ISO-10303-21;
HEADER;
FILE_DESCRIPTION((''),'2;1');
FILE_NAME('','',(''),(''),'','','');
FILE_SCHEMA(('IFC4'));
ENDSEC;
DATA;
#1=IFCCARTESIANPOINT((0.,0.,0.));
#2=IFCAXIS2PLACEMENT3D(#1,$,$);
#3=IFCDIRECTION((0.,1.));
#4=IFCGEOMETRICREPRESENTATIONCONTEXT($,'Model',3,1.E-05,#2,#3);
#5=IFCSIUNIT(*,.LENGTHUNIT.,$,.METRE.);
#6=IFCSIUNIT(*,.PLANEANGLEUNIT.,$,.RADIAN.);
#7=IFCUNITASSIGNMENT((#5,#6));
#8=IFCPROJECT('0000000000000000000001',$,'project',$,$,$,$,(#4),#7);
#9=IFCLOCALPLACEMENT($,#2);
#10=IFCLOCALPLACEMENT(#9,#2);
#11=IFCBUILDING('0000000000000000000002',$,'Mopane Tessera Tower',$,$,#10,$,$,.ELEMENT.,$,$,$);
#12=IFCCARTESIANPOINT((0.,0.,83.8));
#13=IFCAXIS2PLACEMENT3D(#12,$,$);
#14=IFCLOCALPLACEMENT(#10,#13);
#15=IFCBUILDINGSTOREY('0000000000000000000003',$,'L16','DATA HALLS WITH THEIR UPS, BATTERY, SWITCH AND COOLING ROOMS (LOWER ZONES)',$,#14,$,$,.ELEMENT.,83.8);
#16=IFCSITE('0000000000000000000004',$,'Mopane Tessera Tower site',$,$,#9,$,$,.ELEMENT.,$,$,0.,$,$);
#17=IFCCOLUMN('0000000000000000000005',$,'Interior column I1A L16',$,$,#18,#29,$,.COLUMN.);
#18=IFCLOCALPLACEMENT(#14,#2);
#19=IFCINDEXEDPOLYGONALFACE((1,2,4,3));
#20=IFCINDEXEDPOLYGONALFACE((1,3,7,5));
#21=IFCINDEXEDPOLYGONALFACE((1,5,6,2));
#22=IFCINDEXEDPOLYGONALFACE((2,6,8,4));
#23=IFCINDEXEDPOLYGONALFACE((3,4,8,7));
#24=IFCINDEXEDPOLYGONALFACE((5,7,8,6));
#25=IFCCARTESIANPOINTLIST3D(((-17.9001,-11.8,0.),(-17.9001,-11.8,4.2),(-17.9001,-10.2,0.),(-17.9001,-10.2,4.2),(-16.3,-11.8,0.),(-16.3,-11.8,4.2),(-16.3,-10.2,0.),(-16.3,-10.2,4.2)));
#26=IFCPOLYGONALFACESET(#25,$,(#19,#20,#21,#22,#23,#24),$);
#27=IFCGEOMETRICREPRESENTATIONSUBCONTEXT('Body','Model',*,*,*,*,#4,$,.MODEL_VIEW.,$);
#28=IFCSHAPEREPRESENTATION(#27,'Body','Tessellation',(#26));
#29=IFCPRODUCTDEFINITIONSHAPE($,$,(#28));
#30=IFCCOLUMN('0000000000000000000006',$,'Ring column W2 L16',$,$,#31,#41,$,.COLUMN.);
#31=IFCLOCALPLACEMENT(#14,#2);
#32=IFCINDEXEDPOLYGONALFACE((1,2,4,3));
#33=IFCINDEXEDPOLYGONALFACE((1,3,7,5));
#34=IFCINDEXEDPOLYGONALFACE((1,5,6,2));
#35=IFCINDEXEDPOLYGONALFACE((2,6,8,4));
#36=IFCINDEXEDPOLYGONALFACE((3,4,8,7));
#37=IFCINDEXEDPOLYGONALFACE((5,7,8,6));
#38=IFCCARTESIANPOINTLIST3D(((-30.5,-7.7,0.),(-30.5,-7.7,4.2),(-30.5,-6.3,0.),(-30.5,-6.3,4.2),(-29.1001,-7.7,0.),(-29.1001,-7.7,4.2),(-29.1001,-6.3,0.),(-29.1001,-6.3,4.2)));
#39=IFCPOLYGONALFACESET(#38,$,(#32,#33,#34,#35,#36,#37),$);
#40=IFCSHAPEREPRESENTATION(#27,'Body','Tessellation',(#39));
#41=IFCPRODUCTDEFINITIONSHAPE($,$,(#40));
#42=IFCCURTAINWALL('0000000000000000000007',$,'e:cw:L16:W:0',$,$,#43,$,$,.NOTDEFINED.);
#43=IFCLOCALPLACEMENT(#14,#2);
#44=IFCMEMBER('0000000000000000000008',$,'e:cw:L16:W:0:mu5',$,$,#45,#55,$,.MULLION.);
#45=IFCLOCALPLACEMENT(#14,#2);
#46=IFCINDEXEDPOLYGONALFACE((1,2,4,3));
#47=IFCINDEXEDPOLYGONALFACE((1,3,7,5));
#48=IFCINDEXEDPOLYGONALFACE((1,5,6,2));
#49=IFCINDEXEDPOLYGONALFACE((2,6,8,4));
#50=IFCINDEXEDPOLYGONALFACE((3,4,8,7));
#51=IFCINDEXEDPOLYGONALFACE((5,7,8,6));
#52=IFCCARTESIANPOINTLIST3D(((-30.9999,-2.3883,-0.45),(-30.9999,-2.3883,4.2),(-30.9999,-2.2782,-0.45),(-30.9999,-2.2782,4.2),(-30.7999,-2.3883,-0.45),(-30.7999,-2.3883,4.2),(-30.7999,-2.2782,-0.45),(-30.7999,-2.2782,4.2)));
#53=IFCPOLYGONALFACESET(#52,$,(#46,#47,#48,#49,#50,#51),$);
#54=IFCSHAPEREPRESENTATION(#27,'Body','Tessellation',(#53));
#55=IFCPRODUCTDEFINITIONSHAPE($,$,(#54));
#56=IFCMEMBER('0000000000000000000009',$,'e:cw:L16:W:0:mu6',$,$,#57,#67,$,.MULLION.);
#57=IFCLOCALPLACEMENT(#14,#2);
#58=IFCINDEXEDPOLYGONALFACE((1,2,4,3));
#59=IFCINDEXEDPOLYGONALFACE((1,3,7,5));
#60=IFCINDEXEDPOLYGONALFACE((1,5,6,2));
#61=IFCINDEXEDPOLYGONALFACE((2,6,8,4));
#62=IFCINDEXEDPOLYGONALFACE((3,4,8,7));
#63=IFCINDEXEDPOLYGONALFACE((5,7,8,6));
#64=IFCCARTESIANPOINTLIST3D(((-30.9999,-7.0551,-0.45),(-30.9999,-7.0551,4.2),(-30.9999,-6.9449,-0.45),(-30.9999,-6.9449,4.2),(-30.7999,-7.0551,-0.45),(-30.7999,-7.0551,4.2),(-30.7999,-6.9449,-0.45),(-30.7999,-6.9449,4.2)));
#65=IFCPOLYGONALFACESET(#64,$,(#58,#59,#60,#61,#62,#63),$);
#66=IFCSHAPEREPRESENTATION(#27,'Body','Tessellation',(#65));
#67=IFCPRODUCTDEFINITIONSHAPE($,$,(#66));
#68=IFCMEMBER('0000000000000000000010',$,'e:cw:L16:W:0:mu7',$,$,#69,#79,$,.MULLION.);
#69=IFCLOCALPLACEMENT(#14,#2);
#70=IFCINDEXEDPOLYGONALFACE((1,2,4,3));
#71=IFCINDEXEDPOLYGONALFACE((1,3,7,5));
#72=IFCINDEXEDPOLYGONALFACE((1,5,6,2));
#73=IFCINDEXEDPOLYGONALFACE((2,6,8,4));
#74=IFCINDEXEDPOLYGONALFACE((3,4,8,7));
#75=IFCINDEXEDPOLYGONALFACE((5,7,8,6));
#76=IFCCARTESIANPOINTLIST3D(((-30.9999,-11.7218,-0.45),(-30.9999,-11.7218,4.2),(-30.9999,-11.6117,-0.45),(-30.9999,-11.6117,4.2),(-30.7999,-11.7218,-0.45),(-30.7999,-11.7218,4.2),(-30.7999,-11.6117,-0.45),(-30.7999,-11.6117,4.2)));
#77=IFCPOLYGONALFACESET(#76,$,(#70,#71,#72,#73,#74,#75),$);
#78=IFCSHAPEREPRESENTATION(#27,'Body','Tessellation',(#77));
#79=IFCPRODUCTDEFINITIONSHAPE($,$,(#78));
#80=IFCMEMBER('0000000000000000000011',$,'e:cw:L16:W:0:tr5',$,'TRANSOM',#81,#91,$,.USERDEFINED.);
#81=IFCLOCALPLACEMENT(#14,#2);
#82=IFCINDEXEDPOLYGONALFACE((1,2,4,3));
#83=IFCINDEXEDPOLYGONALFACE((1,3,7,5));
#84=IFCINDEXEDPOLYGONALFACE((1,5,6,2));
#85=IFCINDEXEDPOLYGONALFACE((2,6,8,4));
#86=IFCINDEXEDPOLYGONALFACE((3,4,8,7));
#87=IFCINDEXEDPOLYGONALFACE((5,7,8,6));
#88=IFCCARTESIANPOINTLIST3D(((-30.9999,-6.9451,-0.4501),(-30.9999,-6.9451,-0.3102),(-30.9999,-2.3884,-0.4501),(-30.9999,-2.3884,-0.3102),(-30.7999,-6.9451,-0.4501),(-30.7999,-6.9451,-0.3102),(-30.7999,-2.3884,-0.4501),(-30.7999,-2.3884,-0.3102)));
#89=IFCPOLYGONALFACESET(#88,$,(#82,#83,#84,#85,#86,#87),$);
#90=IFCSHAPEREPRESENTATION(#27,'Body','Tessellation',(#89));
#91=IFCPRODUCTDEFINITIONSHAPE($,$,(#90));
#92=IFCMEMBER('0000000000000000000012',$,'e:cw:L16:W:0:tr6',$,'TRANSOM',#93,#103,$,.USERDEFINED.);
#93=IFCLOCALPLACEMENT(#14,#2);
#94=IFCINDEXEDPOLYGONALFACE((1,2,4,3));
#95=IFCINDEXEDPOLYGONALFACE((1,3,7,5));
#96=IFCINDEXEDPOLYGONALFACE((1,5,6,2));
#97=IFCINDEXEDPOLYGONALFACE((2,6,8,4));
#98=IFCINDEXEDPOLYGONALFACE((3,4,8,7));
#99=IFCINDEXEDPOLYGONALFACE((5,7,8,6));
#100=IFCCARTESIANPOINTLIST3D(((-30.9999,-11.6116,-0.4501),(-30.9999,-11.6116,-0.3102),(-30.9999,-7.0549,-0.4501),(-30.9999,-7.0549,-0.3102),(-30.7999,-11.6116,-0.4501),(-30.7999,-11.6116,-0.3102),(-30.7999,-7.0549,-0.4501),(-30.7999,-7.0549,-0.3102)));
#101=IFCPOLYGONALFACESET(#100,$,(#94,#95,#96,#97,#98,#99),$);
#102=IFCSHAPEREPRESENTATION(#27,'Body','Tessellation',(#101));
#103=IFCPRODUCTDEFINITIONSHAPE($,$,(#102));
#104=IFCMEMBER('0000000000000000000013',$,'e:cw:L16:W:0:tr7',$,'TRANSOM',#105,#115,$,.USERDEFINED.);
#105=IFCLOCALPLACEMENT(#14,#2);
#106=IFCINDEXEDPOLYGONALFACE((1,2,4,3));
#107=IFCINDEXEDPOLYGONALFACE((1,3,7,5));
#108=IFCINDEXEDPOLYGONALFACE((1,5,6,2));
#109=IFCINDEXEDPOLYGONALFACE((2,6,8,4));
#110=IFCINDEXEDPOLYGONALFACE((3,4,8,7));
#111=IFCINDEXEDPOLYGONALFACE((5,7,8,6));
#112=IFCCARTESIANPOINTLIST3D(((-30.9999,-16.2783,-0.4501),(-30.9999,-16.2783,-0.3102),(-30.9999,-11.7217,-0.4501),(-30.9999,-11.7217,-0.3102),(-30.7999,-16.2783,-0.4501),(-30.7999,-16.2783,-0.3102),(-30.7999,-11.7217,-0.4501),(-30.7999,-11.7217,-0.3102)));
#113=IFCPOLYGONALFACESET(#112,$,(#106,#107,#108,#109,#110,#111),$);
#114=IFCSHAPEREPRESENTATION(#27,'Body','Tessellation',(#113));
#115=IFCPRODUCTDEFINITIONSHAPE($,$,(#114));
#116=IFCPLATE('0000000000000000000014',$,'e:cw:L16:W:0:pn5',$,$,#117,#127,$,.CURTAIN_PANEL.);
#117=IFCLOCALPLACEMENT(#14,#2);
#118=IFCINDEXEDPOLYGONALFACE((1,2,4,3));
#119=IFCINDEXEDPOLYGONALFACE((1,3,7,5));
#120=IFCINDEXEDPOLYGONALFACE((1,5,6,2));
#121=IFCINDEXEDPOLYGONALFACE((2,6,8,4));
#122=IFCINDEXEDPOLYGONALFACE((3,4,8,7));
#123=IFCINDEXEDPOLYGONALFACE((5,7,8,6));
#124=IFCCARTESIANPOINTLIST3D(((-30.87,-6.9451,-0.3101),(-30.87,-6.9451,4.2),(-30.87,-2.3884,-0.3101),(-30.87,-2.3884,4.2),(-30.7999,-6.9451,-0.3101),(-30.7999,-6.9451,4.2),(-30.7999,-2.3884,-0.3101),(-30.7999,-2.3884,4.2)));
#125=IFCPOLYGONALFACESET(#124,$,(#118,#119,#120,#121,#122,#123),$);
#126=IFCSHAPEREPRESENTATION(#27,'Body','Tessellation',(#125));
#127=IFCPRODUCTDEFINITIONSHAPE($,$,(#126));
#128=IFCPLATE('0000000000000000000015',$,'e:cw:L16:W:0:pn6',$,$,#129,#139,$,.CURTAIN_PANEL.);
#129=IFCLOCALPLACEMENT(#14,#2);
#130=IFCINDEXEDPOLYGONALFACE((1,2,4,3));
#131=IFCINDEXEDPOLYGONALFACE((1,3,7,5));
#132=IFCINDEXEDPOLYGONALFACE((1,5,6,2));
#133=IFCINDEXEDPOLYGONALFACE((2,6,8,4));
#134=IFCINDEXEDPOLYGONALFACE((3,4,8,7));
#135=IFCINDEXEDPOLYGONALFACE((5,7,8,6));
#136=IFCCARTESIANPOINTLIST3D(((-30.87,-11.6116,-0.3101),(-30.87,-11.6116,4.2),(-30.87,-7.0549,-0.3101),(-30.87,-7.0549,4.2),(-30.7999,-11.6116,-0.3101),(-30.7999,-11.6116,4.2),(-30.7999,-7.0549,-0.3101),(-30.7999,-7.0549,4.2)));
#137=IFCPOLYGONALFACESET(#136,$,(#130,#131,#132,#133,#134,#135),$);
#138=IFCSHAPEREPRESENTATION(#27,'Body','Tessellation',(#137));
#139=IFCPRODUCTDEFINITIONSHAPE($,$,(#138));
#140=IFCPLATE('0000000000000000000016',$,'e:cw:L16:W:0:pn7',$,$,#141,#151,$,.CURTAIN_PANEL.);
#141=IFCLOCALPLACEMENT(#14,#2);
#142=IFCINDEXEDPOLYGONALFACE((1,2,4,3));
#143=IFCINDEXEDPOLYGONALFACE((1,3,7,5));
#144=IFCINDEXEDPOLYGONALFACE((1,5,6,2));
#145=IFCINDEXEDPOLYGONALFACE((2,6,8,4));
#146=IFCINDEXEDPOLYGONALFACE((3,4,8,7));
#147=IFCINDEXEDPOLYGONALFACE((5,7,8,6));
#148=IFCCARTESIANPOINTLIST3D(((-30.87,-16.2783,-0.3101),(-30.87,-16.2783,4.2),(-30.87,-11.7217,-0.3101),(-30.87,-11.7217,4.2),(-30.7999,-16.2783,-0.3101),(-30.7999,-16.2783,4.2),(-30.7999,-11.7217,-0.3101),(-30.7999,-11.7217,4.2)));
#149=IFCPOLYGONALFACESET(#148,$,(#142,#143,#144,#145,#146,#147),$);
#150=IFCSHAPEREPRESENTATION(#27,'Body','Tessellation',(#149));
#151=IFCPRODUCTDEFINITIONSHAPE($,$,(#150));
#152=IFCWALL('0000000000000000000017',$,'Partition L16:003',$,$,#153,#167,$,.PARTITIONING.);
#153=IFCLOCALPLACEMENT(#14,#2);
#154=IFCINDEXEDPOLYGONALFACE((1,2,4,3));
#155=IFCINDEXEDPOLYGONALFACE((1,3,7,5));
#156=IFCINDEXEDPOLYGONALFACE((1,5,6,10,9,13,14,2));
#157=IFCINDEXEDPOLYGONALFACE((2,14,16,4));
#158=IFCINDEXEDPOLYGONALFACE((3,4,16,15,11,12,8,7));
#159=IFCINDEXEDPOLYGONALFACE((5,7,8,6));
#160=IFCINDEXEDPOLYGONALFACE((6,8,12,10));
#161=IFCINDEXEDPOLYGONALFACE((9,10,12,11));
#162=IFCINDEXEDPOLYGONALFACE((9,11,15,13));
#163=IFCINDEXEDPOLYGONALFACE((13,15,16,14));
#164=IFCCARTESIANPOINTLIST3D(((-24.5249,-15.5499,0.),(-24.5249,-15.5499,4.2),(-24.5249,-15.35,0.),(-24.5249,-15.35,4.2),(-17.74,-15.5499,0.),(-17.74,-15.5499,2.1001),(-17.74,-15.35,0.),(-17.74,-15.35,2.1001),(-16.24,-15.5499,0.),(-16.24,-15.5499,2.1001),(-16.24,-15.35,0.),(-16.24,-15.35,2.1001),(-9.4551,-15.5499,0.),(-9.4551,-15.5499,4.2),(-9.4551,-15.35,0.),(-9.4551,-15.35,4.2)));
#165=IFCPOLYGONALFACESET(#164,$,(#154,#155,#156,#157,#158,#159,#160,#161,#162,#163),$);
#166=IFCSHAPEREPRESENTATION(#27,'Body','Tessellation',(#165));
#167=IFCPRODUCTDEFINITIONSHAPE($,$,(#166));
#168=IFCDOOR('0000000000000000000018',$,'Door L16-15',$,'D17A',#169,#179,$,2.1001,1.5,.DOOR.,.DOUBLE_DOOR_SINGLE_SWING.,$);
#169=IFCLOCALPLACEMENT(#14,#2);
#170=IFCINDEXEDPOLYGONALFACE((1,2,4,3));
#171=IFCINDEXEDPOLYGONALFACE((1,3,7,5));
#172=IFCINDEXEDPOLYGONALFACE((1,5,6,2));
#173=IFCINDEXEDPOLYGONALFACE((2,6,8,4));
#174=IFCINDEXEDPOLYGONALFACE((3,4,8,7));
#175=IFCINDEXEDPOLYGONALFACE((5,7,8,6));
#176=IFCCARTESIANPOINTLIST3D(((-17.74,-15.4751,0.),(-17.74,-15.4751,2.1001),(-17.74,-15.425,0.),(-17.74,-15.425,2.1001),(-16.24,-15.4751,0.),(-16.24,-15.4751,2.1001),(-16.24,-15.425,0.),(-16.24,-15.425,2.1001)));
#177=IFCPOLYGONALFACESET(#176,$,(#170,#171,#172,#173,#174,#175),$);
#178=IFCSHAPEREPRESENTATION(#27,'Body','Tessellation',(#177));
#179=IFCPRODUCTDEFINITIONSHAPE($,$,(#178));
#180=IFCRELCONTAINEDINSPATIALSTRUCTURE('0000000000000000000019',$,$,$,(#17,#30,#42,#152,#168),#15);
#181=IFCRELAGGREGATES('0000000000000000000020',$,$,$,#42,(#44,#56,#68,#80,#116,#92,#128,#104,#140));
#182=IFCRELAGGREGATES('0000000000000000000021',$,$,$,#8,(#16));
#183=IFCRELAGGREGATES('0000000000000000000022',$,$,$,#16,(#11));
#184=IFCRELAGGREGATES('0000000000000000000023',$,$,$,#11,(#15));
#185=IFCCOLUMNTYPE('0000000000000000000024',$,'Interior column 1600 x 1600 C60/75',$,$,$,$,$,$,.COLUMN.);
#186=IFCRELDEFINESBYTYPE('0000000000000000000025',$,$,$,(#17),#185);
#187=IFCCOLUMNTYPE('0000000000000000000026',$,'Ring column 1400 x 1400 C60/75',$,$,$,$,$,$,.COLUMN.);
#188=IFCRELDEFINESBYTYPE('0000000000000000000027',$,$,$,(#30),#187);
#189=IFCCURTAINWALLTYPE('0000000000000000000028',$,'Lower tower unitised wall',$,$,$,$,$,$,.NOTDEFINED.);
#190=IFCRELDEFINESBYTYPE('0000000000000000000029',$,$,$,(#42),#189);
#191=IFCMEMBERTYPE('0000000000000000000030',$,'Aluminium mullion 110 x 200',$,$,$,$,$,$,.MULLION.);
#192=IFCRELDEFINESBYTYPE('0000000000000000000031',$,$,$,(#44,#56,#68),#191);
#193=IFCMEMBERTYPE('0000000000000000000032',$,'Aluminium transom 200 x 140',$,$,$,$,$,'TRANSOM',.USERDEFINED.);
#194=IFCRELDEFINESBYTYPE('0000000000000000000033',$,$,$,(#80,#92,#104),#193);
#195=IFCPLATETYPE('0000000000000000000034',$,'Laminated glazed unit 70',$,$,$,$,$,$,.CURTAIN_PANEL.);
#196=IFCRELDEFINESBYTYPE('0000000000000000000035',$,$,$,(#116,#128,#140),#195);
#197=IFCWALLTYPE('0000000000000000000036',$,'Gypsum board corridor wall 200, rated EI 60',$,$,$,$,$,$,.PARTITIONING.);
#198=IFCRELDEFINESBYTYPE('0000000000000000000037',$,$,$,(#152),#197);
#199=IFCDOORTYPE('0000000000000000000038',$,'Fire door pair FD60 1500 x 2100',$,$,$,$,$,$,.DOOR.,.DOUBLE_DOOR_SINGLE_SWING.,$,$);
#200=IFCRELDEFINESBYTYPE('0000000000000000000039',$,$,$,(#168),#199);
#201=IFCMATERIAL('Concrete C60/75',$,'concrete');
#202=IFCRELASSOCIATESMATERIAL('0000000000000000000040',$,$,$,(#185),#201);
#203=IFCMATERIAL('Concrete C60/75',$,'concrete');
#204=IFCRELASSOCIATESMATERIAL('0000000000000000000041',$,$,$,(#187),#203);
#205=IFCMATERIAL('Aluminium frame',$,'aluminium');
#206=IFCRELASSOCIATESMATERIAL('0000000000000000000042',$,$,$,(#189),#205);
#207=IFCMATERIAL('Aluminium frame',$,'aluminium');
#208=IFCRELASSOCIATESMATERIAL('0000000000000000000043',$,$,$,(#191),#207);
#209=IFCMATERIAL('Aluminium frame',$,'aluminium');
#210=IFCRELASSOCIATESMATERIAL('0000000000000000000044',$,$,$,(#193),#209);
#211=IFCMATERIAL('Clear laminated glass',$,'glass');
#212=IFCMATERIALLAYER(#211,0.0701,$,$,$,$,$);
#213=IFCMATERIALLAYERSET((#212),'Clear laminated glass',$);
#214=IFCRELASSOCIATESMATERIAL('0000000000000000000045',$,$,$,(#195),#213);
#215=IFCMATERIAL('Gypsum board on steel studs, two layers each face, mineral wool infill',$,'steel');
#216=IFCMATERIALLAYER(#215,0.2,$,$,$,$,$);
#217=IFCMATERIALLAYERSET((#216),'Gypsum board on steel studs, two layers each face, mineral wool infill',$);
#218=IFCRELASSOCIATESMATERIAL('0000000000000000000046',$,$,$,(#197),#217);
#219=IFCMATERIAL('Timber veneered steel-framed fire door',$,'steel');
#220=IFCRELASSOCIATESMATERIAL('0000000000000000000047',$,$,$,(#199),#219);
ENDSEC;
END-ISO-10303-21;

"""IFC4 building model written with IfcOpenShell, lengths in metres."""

from ifc_helpers import new_model, si_unit, direction, frame, frame_2d, origin, origin_2d, place, context, subcontext, project, spatial, rectangle, extrude, material, layer, layer_set, material_profile, profile_set, type_object, element, fill, aggregate, save


model = new_model("IFC4")

# Units and contexts
model_context = context("Model", 3, precision=1e-05, world=origin(), true_north=direction((0.0, 1.0)))
body_context = subcontext(model_context, "Body", "Model", "MODEL_VIEW")
ifc_project = project(units=[si_unit("LENGTHUNIT", "METRE"), si_unit("PLANEANGLEUNIT", "RADIAN")], contexts=[model_context])

# Site, building, storey
site_placement = place(None, origin())
site = spatial("IfcSite", under=ifc_project, at=site_placement, Name="Mopane Tessera Tower site", CompositionType="ELEMENT", RefElevation=0.0)
building_placement = place(site_placement, origin())
building = spatial("IfcBuilding", under=site, at=building_placement, Name="Mopane Tessera Tower", CompositionType="ELEMENT")
storey_placement = place(building_placement, frame((0.0, 0.0, 83.8)))
storey = spatial("IfcBuildingStorey", under=building, at=storey_placement, Name="L16", Description="DATA HALLS WITH THEIR UPS, BATTERY, SWITCH AND COOLING ROOMS (LOWER ZONES)", CompositionType="ELEMENT", Elevation=83.8)

# Columns
ifc_material_1 = material(Name="Concrete C60/75", Category="concrete")
ifc_material_profile_1 = material_profile(ifc_material_1, rectangle(XDim=1.6001, YDim=1.6001, at=origin_2d()))
ifc_profile_set_1 = profile_set([ifc_material_profile_1], Name="Concrete C60/75")
column_type_1 = type_object("IfcColumnType", Name="Interior column 1600 x 1600 C60/75", PredefinedType="COLUMN", material=ifc_profile_set_1)
column_1_placement = place(storey_placement, frame((-17.1001, -11.0, 0.0), z_axis=(0.0, 0.0, 1.0), x_axis=(1.0, 0.0, 0.0)))
element("IfcColumn", 1, at=column_1_placement, inside=storey, type_object=column_type_1, Name="Interior column I1A L16", PredefinedType="COLUMN", context=body_context, shape_type="SweptSolid", body=[
    extrude(rectangle(XDim=1.6001, YDim=1.6001, at=origin_2d()), origin(), (0.0, 0.0, 1.0), 4.2),
])
ifc_material_2 = material(Name="Concrete C60/75", Category="concrete")
ifc_material_profile_2 = material_profile(ifc_material_2, rectangle(XDim=1.3999, YDim=1.3999, at=origin_2d()))
ifc_profile_set_2 = profile_set([ifc_material_profile_2], Name="Concrete C60/75")
column_type_2 = type_object("IfcColumnType", Name="Ring column 1400 x 1400 C60/75", PredefinedType="COLUMN", material=ifc_profile_set_2)
column_2_placement = place(storey_placement, frame((-29.8, -7.0, 0.0), z_axis=(0.0, 0.0, 1.0), x_axis=(1.0, 0.0, 0.0)))
element("IfcColumn", 2, at=column_2_placement, inside=storey, type_object=column_type_2, Name="Ring column W2 L16", PredefinedType="COLUMN", context=body_context, shape_type="SweptSolid", body=[
    extrude(rectangle(XDim=1.3999, YDim=1.3999, at=origin_2d()), origin(), (0.0, 0.0, 1.0), 4.2),
])

# Curtain wall, members, plates
ifc_material_3 = material(Name="Aluminium frame", Category="aluminium")
curtain_wall_type = type_object("IfcCurtainWallType", Name="Lower tower unitised wall", PredefinedType="NOTDEFINED", material=ifc_material_3)
curtain_wall_placement = place(storey_placement, origin())
curtain_wall = element("IfcCurtainWall", 3, at=curtain_wall_placement, inside=storey, type_object=curtain_wall_type, Name="e:cw:L16:W:0", PredefinedType="NOTDEFINED")
ifc_material_4 = material(Name="Aluminium frame", Category="aluminium")
ifc_material_profile_3 = material_profile(ifc_material_4, rectangle(XDim=0.1101, YDim=0.2, at=origin_2d()))
ifc_profile_set_3 = profile_set([ifc_material_profile_3], Name="Aluminium frame")
member_type_1 = type_object("IfcMemberType", Name="Aluminium mullion 110 x 200", PredefinedType="MULLION", material=ifc_profile_set_3)
member_1_placement = place(storey_placement, frame((-30.8999, -2.3333, -0.45), z_axis=(0.0, 0.0, 1.0), x_axis=(0.0, -1.0, 0.0)))
member_1 = element("IfcMember", 4, at=member_1_placement, type_object=member_type_1, Name="e:cw:L16:W:0:mu5", PredefinedType="MULLION", context=body_context, shape_type="SweptSolid", body=[
    extrude(rectangle(XDim=0.1101, YDim=0.2, at=origin_2d()), origin(), (0.0, 0.0, 1.0), 4.6499),
])
member_2_placement = place(storey_placement, frame((-30.8999, -7.0, -0.45), z_axis=(0.0, 0.0, 1.0), x_axis=(0.0, -1.0, 0.0)))
member_2 = element("IfcMember", 5, at=member_2_placement, type_object=member_type_1, Name="e:cw:L16:W:0:mu6", PredefinedType="MULLION", context=body_context, shape_type="SweptSolid", body=[
    extrude(rectangle(XDim=0.1101, YDim=0.2, at=origin_2d()), origin(), (0.0, 0.0, 1.0), 4.6499),
])
member_3_placement = place(storey_placement, frame((-30.8999, -11.6667, -0.45), z_axis=(0.0, 0.0, 1.0), x_axis=(0.0, -1.0, 0.0)))
member_3 = element("IfcMember", 6, at=member_3_placement, type_object=member_type_1, Name="e:cw:L16:W:0:mu7", PredefinedType="MULLION", context=body_context, shape_type="SweptSolid", body=[
    extrude(rectangle(XDim=0.1101, YDim=0.2, at=origin_2d()), origin(), (0.0, 0.0, 1.0), 4.6499),
])
ifc_material_5 = material(Name="Aluminium frame", Category="aluminium")
ifc_material_profile_4 = material_profile(ifc_material_5, rectangle(XDim=0.2, YDim=0.1399, at=origin_2d()))
ifc_profile_set_4 = profile_set([ifc_material_profile_4], Name="Aluminium frame")
member_type_2 = type_object("IfcMemberType", Name="Aluminium transom 200 x 140", ElementType="TRANSOM", PredefinedType="USERDEFINED", material=ifc_profile_set_4)
member_4_placement = place(storey_placement, frame((-30.8999, -2.3884, -0.3801), z_axis=(0.0, -1.0, 0.0), x_axis=(1.0, 0.0, 0.0)))
member_4 = element("IfcMember", 7, at=member_4_placement, type_object=member_type_2, Name="e:cw:L16:W:0:tr5", ObjectType="TRANSOM", PredefinedType="USERDEFINED", context=body_context, shape_type="SweptSolid", body=[
    extrude(rectangle(XDim=0.2, YDim=0.1399, at=origin_2d()), origin(), (0.0, 0.0, 1.0), 4.5566),
])
member_5_placement = place(storey_placement, frame((-30.8999, -7.0549, -0.3801), z_axis=(0.0, -1.0, 0.0), x_axis=(1.0, 0.0, 0.0)))
member_5 = element("IfcMember", 8, at=member_5_placement, type_object=member_type_2, Name="e:cw:L16:W:0:tr6", ObjectType="TRANSOM", PredefinedType="USERDEFINED", context=body_context, shape_type="SweptSolid", body=[
    extrude(rectangle(XDim=0.2, YDim=0.1399, at=origin_2d()), origin(), (0.0, 0.0, 1.0), 4.5566),
])
member_6_placement = place(storey_placement, frame((-30.8999, -11.7217, -0.3801), z_axis=(0.0, -1.0, 0.0), x_axis=(1.0, 0.0, 0.0)))
member_6 = element("IfcMember", 9, at=member_6_placement, type_object=member_type_2, Name="e:cw:L16:W:0:tr7", ObjectType="TRANSOM", PredefinedType="USERDEFINED", context=body_context, shape_type="SweptSolid", body=[
    extrude(rectangle(XDim=0.2, YDim=0.1399, at=origin_2d()), origin(), (0.0, 0.0, 1.0), 4.5566),
])
ifc_material_6 = material(Name="Clear laminated glass", Category="glass")
ifc_layer_1 = layer(ifc_material_6, 0.0701)
ifc_layer_set_1 = layer_set([ifc_layer_1], Name="Clear laminated glass")
plate_type = type_object("IfcPlateType", Name="Laminated glazed unit 70", PredefinedType="CURTAIN_PANEL", material=ifc_layer_set_1)
plate_1_placement = place(storey_placement, frame((-30.835, -4.6667, -0.3101), z_axis=(0.0, 0.0, 1.0), x_axis=(0.0, -1.0, 0.0)))
plate_1 = element("IfcPlate", 10, at=plate_1_placement, type_object=plate_type, Name="e:cw:L16:W:0:pn5", PredefinedType="CURTAIN_PANEL", context=body_context, shape_type="SweptSolid", body=[
    extrude(rectangle(XDim=4.5566, YDim=0.0701, at=origin_2d()), origin(), (0.0, 0.0, 1.0), 4.51),
])
plate_2_placement = place(storey_placement, frame((-30.835, -9.3333, -0.3101), z_axis=(0.0, 0.0, 1.0), x_axis=(0.0, -1.0, 0.0)))
plate_2 = element("IfcPlate", 11, at=plate_2_placement, type_object=plate_type, Name="e:cw:L16:W:0:pn6", PredefinedType="CURTAIN_PANEL", context=body_context, shape_type="SweptSolid", body=[
    extrude(rectangle(XDim=4.5566, YDim=0.0701, at=origin_2d()), origin(), (0.0, 0.0, 1.0), 4.51),
])
plate_3_placement = place(storey_placement, frame((-30.835, -14.0, -0.3101), z_axis=(0.0, 0.0, 1.0), x_axis=(0.0, -1.0, 0.0)))
plate_3 = element("IfcPlate", 12, at=plate_3_placement, type_object=plate_type, Name="e:cw:L16:W:0:pn7", PredefinedType="CURTAIN_PANEL", context=body_context, shape_type="SweptSolid", body=[
    extrude(rectangle(XDim=4.5566, YDim=0.0701, at=origin_2d()), origin(), (0.0, 0.0, 1.0), 4.51),
])
aggregate(curtain_wall, [member_1, member_2, member_3, member_4, plate_1, member_5, plate_2, member_6, plate_3])

# Wall, opening, door
ifc_material_7 = material(Name="Gypsum board on steel studs, two layers each face, mineral wool infill", Category="steel")
ifc_layer_2 = layer(ifc_material_7, 0.2)
ifc_layer_set_2 = layer_set([ifc_layer_2], Name="Gypsum board on steel studs, two layers each face, mineral wool infill")
wall_type_1 = type_object("IfcWallType", Name="Gypsum board corridor wall 200, rated EI 60", PredefinedType="PARTITIONING", material=ifc_layer_set_2)
wall_1_placement = place(storey_placement, frame((-24.5249, -15.45, 0.0), z_axis=(0.0, 0.0, 1.0), x_axis=(1.0, 0.0, 0.0)))
wall_1 = element("IfcWall", 13, at=wall_1_placement, inside=storey, type_object=wall_type_1, Name="Partition L16:003", PredefinedType="PARTITIONING", context=body_context, shape_type="SweptSolid", body=[
    extrude(rectangle(XDim=15.0698, YDim=0.2, at=frame_2d((7.5349, 0.0))), origin(), (0.0, 0.0, 1.0), 4.2),
])
opening_1_placement = place(wall_1_placement, frame((6.7849, 0.0, 0.0)))
opening_1 = element("IfcOpeningElement", 14, at=opening_1_placement, cuts=wall_1, PredefinedType="OPENING", context=body_context, shape_type="SweptSolid", body=[
    extrude(rectangle(XDim=1.5, YDim=2.1001, at=frame_2d((0.75, 1.05))), frame((0.0, 0.1121, 0.0), z_axis=(0.0, -1.0, 0.0), x_axis=(1.0, 0.0, 0.0)), (0.0, 0.0, 1.0), 0.2239),
])
ifc_material_8 = material(Name="Timber veneered steel-framed fire door", Category="steel")
door_type_1 = type_object("IfcDoorType", Name="Fire door pair FD60 1500 x 2100", OperationType="DOUBLE_DOOR_SINGLE_SWING", PredefinedType="DOOR", material=ifc_material_8)
door_1_placement = place(opening_1_placement, origin())
door_1 = element("IfcDoor", 15, at=door_1_placement, inside=storey, type_object=door_type_1, Name="Door L16-15", ObjectType="D17A", OperationType="DOUBLE_DOOR_SINGLE_SWING", OverallHeight=2.1001, OverallWidth=1.5, PredefinedType="DOOR", context=body_context, shape_type="SweptSolid", body=[
    extrude(rectangle(XDim=1.5, YDim=2.1001, at=frame_2d((0.75, 1.05))), frame((0.0, 0.0249, 0.0), z_axis=(0.0, -1.0, 0.0), x_axis=(1.0, 0.0, 0.0)), (0.0, 0.0, 1.0), 0.05),
])
fill(opening_1, door_1)

save(model, "model.ifc")
